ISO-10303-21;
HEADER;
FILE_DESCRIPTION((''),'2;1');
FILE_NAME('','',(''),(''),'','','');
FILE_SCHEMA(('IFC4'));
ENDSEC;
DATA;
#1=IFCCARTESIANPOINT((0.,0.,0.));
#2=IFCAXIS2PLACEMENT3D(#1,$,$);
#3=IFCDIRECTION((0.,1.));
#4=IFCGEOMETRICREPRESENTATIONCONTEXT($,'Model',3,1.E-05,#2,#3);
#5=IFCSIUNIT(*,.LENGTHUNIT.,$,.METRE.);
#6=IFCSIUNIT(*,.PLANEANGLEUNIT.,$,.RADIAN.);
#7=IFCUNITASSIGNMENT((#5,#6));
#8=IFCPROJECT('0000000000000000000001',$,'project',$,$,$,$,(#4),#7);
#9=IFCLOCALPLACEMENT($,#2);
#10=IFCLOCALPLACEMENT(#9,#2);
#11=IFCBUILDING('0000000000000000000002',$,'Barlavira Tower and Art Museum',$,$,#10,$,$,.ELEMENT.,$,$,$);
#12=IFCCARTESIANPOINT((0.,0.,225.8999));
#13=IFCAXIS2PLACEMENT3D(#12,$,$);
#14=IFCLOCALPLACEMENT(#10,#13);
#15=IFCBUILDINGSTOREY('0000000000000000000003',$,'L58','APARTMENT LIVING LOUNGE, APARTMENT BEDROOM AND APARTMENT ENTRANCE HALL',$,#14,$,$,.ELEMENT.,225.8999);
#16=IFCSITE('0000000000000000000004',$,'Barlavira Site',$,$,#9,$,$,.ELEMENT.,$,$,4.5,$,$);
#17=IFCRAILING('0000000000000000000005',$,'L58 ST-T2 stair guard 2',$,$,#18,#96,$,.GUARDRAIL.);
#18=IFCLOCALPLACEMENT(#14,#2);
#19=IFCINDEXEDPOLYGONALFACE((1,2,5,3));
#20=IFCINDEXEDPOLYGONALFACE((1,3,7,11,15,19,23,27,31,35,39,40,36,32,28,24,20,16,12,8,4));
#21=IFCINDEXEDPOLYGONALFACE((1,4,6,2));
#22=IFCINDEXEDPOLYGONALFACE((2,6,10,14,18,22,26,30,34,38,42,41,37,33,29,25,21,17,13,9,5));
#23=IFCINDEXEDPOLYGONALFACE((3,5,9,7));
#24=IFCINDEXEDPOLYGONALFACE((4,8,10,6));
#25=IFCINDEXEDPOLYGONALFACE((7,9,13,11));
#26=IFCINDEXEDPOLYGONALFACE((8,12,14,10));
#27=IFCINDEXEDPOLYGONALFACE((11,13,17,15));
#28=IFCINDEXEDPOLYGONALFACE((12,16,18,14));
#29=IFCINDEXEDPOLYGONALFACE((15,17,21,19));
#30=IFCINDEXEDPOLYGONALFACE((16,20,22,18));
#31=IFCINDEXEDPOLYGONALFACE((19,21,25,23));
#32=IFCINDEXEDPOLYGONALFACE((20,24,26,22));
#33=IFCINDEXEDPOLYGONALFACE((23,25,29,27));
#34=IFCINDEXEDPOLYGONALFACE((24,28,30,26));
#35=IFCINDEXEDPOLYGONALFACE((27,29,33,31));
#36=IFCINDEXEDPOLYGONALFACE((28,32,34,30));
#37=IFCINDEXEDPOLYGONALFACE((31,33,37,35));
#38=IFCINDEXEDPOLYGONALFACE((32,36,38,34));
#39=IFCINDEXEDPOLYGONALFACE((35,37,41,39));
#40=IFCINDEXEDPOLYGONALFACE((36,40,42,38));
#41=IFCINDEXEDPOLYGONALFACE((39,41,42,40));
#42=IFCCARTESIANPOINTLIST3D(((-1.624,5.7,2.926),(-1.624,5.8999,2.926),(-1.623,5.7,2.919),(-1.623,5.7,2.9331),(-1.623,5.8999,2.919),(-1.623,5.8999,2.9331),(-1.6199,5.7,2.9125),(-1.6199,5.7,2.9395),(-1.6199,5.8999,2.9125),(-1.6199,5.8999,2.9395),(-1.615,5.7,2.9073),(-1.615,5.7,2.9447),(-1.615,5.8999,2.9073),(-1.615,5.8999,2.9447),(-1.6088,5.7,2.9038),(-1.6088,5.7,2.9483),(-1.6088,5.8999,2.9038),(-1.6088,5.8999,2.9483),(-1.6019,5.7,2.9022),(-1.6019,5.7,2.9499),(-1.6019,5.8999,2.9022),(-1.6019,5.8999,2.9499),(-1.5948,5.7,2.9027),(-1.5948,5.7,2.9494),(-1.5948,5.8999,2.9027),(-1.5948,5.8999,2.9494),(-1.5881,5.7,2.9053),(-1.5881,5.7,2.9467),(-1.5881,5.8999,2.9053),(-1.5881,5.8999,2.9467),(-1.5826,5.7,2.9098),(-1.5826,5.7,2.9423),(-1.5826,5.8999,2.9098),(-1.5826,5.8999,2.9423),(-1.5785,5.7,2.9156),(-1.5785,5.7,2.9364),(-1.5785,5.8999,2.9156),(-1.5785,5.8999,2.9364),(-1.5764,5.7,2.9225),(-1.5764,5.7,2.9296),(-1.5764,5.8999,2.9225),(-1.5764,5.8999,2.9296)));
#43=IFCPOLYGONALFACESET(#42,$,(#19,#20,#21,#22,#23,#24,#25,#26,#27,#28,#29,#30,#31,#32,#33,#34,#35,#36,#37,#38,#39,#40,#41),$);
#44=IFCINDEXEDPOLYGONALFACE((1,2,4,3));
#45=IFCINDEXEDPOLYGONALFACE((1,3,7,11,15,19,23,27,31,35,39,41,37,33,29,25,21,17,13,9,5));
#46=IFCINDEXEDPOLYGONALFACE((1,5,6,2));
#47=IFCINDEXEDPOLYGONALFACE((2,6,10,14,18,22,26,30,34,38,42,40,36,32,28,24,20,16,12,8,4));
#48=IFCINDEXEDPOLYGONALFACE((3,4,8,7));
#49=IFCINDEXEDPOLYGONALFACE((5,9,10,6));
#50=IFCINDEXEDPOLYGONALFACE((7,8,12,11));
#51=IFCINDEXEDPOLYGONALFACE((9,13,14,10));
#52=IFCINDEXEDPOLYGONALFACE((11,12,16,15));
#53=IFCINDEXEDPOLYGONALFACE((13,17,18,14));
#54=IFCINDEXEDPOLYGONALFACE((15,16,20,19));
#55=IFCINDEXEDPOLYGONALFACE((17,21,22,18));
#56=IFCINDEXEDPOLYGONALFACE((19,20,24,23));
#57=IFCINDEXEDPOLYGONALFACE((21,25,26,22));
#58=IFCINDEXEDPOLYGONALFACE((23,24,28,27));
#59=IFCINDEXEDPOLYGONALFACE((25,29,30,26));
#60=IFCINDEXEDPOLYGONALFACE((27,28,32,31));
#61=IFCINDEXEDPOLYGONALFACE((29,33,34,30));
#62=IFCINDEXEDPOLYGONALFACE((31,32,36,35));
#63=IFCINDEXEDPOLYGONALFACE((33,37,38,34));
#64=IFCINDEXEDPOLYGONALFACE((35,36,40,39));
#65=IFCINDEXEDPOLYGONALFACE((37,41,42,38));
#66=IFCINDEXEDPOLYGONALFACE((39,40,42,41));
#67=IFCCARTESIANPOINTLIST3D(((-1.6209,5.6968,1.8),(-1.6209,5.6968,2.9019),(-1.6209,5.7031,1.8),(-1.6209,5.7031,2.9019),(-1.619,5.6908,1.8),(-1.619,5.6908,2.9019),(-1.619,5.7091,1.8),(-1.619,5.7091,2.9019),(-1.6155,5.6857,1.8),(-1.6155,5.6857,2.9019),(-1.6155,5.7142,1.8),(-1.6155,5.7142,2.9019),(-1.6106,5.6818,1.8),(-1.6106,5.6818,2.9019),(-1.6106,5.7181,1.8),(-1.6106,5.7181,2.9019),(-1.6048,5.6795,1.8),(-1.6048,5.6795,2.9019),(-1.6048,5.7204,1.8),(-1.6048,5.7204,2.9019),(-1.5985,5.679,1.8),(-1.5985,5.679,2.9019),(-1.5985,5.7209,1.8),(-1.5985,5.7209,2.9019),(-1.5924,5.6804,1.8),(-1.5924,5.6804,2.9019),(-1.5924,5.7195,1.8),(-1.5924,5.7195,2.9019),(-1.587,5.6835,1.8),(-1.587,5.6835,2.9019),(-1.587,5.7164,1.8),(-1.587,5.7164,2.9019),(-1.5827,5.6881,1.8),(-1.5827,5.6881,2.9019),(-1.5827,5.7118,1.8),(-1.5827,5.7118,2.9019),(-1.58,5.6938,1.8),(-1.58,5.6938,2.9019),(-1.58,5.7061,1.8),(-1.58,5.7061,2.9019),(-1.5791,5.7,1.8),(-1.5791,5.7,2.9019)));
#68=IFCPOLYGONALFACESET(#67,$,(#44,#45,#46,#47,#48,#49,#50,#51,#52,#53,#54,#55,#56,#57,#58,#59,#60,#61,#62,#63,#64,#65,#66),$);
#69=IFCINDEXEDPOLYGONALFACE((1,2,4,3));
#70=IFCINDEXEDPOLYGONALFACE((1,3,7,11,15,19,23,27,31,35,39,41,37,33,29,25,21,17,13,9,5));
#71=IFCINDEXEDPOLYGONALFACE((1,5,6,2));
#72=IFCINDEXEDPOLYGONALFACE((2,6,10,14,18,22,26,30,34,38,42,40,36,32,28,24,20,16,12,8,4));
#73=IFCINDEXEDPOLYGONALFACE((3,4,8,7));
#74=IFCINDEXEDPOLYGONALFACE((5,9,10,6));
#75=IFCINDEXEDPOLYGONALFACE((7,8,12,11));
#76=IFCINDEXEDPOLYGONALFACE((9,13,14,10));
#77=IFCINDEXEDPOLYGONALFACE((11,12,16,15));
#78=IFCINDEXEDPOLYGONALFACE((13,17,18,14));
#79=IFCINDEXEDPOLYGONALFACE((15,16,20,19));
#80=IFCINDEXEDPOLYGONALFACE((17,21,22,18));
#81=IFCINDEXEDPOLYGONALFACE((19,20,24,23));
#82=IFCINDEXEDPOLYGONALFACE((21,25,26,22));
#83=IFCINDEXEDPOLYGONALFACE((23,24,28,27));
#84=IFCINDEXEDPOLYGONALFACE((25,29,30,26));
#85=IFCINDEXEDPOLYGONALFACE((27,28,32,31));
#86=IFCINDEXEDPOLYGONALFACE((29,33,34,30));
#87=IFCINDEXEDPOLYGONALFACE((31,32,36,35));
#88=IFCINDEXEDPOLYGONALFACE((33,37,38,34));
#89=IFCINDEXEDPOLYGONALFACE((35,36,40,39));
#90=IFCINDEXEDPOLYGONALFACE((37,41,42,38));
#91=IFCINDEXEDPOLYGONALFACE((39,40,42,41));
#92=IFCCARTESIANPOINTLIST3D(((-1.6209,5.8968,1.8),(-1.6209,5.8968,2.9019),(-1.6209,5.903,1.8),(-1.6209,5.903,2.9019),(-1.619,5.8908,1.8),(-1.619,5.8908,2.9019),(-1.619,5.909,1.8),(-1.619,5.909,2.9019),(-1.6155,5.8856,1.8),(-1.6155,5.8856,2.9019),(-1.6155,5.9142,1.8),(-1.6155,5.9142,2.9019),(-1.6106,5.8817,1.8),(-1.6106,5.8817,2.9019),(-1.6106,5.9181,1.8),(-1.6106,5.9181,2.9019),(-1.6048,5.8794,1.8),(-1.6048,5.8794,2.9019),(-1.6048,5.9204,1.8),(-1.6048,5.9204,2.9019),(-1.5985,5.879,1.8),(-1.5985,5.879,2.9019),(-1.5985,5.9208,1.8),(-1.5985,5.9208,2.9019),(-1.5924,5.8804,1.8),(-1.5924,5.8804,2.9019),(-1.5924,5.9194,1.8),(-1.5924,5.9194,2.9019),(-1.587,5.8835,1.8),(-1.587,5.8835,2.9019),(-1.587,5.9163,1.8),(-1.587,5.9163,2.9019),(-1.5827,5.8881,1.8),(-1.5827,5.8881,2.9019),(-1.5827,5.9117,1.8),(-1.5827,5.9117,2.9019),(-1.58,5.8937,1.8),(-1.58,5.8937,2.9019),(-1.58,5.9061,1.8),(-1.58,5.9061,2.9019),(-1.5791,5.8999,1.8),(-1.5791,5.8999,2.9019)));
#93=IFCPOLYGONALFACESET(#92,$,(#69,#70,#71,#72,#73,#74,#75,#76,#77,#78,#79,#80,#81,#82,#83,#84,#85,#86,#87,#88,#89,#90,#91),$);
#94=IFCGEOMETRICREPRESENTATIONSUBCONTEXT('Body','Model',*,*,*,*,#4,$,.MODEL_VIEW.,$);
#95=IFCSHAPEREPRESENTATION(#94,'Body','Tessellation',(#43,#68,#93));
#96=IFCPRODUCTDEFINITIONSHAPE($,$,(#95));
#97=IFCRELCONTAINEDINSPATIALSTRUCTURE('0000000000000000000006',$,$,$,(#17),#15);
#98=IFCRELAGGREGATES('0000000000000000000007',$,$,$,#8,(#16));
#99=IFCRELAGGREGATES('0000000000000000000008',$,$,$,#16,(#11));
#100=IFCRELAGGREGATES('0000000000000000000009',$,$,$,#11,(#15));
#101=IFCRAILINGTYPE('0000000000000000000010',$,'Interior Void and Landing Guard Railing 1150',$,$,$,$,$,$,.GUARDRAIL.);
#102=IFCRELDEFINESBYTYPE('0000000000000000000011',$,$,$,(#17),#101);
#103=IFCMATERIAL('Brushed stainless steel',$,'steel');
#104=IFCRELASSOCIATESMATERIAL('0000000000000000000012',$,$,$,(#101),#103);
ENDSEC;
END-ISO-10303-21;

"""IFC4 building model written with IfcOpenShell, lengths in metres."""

from ifc_helpers import new_model, si_unit, direction, frame, origin, origin_2d, place, context, subcontext, project, spatial, circle, extrude, material, type_object, element, save


model = new_model("IFC4")

# Units and contexts
model_context = context("Model", 3, precision=1e-05, world=origin(), true_north=direction((0.0, 1.0)))
body_context = subcontext(model_context, "Body", "Model", "MODEL_VIEW")
ifc_project = project(units=[si_unit("LENGTHUNIT", "METRE"), si_unit("PLANEANGLEUNIT", "RADIAN")], contexts=[model_context])

# Site, building, storey
site_placement = place(None, origin())
site = spatial("IfcSite", under=ifc_project, at=site_placement, Name="Barlavira Site", CompositionType="ELEMENT", RefElevation=4.5)
building_placement = place(site_placement, origin())
building = spatial("IfcBuilding", under=site, at=building_placement, Name="Barlavira Tower and Art Museum", CompositionType="ELEMENT")
storey_placement = place(building_placement, frame((0.0, 0.0, 225.8999)))
storey = spatial("IfcBuildingStorey", under=building, at=storey_placement, Name="L58", Description="APARTMENT LIVING LOUNGE, APARTMENT BEDROOM AND APARTMENT ENTRANCE HALL", CompositionType="ELEMENT", Elevation=225.8999)

# Shared definitions
ifc_material_1 = material(Name="Brushed stainless steel", Category="steel")

# Railing
railing_type_1 = type_object("IfcRailingType", Name="Interior Void and Landing Guard Railing 1150", PredefinedType="GUARDRAIL", material=ifc_material_1)
railing_1_placement = place(storey_placement, frame((-1.6001, 5.7, 1.8)))
element("IfcRailing", 1, at=railing_1_placement, inside=storey, type_object=railing_type_1, Name="L58 ST-T2 stair guard 2", PredefinedType="GUARDRAIL", context=body_context, shape_type="SweptSolid", body=[
    extrude(circle(Radius=0.0239, at=origin_2d()), frame((0.0, 0.0, 1.126), z_axis=(0.0, 1.0, 0.0), x_axis=(-1.0, 0.0, 0.0)), (0.0, 0.0, 1.0), 0.2),
    extrude(circle(Radius=0.021, at=origin_2d()), origin(), (0.0, 0.0, 1.0), 1.1018),
    extrude(circle(Radius=0.021, at=origin_2d()), frame((0.0, 0.2, 0.0)), (0.0, 0.0, 1.0), 1.1018),
])

save(model, "model.ifc")
